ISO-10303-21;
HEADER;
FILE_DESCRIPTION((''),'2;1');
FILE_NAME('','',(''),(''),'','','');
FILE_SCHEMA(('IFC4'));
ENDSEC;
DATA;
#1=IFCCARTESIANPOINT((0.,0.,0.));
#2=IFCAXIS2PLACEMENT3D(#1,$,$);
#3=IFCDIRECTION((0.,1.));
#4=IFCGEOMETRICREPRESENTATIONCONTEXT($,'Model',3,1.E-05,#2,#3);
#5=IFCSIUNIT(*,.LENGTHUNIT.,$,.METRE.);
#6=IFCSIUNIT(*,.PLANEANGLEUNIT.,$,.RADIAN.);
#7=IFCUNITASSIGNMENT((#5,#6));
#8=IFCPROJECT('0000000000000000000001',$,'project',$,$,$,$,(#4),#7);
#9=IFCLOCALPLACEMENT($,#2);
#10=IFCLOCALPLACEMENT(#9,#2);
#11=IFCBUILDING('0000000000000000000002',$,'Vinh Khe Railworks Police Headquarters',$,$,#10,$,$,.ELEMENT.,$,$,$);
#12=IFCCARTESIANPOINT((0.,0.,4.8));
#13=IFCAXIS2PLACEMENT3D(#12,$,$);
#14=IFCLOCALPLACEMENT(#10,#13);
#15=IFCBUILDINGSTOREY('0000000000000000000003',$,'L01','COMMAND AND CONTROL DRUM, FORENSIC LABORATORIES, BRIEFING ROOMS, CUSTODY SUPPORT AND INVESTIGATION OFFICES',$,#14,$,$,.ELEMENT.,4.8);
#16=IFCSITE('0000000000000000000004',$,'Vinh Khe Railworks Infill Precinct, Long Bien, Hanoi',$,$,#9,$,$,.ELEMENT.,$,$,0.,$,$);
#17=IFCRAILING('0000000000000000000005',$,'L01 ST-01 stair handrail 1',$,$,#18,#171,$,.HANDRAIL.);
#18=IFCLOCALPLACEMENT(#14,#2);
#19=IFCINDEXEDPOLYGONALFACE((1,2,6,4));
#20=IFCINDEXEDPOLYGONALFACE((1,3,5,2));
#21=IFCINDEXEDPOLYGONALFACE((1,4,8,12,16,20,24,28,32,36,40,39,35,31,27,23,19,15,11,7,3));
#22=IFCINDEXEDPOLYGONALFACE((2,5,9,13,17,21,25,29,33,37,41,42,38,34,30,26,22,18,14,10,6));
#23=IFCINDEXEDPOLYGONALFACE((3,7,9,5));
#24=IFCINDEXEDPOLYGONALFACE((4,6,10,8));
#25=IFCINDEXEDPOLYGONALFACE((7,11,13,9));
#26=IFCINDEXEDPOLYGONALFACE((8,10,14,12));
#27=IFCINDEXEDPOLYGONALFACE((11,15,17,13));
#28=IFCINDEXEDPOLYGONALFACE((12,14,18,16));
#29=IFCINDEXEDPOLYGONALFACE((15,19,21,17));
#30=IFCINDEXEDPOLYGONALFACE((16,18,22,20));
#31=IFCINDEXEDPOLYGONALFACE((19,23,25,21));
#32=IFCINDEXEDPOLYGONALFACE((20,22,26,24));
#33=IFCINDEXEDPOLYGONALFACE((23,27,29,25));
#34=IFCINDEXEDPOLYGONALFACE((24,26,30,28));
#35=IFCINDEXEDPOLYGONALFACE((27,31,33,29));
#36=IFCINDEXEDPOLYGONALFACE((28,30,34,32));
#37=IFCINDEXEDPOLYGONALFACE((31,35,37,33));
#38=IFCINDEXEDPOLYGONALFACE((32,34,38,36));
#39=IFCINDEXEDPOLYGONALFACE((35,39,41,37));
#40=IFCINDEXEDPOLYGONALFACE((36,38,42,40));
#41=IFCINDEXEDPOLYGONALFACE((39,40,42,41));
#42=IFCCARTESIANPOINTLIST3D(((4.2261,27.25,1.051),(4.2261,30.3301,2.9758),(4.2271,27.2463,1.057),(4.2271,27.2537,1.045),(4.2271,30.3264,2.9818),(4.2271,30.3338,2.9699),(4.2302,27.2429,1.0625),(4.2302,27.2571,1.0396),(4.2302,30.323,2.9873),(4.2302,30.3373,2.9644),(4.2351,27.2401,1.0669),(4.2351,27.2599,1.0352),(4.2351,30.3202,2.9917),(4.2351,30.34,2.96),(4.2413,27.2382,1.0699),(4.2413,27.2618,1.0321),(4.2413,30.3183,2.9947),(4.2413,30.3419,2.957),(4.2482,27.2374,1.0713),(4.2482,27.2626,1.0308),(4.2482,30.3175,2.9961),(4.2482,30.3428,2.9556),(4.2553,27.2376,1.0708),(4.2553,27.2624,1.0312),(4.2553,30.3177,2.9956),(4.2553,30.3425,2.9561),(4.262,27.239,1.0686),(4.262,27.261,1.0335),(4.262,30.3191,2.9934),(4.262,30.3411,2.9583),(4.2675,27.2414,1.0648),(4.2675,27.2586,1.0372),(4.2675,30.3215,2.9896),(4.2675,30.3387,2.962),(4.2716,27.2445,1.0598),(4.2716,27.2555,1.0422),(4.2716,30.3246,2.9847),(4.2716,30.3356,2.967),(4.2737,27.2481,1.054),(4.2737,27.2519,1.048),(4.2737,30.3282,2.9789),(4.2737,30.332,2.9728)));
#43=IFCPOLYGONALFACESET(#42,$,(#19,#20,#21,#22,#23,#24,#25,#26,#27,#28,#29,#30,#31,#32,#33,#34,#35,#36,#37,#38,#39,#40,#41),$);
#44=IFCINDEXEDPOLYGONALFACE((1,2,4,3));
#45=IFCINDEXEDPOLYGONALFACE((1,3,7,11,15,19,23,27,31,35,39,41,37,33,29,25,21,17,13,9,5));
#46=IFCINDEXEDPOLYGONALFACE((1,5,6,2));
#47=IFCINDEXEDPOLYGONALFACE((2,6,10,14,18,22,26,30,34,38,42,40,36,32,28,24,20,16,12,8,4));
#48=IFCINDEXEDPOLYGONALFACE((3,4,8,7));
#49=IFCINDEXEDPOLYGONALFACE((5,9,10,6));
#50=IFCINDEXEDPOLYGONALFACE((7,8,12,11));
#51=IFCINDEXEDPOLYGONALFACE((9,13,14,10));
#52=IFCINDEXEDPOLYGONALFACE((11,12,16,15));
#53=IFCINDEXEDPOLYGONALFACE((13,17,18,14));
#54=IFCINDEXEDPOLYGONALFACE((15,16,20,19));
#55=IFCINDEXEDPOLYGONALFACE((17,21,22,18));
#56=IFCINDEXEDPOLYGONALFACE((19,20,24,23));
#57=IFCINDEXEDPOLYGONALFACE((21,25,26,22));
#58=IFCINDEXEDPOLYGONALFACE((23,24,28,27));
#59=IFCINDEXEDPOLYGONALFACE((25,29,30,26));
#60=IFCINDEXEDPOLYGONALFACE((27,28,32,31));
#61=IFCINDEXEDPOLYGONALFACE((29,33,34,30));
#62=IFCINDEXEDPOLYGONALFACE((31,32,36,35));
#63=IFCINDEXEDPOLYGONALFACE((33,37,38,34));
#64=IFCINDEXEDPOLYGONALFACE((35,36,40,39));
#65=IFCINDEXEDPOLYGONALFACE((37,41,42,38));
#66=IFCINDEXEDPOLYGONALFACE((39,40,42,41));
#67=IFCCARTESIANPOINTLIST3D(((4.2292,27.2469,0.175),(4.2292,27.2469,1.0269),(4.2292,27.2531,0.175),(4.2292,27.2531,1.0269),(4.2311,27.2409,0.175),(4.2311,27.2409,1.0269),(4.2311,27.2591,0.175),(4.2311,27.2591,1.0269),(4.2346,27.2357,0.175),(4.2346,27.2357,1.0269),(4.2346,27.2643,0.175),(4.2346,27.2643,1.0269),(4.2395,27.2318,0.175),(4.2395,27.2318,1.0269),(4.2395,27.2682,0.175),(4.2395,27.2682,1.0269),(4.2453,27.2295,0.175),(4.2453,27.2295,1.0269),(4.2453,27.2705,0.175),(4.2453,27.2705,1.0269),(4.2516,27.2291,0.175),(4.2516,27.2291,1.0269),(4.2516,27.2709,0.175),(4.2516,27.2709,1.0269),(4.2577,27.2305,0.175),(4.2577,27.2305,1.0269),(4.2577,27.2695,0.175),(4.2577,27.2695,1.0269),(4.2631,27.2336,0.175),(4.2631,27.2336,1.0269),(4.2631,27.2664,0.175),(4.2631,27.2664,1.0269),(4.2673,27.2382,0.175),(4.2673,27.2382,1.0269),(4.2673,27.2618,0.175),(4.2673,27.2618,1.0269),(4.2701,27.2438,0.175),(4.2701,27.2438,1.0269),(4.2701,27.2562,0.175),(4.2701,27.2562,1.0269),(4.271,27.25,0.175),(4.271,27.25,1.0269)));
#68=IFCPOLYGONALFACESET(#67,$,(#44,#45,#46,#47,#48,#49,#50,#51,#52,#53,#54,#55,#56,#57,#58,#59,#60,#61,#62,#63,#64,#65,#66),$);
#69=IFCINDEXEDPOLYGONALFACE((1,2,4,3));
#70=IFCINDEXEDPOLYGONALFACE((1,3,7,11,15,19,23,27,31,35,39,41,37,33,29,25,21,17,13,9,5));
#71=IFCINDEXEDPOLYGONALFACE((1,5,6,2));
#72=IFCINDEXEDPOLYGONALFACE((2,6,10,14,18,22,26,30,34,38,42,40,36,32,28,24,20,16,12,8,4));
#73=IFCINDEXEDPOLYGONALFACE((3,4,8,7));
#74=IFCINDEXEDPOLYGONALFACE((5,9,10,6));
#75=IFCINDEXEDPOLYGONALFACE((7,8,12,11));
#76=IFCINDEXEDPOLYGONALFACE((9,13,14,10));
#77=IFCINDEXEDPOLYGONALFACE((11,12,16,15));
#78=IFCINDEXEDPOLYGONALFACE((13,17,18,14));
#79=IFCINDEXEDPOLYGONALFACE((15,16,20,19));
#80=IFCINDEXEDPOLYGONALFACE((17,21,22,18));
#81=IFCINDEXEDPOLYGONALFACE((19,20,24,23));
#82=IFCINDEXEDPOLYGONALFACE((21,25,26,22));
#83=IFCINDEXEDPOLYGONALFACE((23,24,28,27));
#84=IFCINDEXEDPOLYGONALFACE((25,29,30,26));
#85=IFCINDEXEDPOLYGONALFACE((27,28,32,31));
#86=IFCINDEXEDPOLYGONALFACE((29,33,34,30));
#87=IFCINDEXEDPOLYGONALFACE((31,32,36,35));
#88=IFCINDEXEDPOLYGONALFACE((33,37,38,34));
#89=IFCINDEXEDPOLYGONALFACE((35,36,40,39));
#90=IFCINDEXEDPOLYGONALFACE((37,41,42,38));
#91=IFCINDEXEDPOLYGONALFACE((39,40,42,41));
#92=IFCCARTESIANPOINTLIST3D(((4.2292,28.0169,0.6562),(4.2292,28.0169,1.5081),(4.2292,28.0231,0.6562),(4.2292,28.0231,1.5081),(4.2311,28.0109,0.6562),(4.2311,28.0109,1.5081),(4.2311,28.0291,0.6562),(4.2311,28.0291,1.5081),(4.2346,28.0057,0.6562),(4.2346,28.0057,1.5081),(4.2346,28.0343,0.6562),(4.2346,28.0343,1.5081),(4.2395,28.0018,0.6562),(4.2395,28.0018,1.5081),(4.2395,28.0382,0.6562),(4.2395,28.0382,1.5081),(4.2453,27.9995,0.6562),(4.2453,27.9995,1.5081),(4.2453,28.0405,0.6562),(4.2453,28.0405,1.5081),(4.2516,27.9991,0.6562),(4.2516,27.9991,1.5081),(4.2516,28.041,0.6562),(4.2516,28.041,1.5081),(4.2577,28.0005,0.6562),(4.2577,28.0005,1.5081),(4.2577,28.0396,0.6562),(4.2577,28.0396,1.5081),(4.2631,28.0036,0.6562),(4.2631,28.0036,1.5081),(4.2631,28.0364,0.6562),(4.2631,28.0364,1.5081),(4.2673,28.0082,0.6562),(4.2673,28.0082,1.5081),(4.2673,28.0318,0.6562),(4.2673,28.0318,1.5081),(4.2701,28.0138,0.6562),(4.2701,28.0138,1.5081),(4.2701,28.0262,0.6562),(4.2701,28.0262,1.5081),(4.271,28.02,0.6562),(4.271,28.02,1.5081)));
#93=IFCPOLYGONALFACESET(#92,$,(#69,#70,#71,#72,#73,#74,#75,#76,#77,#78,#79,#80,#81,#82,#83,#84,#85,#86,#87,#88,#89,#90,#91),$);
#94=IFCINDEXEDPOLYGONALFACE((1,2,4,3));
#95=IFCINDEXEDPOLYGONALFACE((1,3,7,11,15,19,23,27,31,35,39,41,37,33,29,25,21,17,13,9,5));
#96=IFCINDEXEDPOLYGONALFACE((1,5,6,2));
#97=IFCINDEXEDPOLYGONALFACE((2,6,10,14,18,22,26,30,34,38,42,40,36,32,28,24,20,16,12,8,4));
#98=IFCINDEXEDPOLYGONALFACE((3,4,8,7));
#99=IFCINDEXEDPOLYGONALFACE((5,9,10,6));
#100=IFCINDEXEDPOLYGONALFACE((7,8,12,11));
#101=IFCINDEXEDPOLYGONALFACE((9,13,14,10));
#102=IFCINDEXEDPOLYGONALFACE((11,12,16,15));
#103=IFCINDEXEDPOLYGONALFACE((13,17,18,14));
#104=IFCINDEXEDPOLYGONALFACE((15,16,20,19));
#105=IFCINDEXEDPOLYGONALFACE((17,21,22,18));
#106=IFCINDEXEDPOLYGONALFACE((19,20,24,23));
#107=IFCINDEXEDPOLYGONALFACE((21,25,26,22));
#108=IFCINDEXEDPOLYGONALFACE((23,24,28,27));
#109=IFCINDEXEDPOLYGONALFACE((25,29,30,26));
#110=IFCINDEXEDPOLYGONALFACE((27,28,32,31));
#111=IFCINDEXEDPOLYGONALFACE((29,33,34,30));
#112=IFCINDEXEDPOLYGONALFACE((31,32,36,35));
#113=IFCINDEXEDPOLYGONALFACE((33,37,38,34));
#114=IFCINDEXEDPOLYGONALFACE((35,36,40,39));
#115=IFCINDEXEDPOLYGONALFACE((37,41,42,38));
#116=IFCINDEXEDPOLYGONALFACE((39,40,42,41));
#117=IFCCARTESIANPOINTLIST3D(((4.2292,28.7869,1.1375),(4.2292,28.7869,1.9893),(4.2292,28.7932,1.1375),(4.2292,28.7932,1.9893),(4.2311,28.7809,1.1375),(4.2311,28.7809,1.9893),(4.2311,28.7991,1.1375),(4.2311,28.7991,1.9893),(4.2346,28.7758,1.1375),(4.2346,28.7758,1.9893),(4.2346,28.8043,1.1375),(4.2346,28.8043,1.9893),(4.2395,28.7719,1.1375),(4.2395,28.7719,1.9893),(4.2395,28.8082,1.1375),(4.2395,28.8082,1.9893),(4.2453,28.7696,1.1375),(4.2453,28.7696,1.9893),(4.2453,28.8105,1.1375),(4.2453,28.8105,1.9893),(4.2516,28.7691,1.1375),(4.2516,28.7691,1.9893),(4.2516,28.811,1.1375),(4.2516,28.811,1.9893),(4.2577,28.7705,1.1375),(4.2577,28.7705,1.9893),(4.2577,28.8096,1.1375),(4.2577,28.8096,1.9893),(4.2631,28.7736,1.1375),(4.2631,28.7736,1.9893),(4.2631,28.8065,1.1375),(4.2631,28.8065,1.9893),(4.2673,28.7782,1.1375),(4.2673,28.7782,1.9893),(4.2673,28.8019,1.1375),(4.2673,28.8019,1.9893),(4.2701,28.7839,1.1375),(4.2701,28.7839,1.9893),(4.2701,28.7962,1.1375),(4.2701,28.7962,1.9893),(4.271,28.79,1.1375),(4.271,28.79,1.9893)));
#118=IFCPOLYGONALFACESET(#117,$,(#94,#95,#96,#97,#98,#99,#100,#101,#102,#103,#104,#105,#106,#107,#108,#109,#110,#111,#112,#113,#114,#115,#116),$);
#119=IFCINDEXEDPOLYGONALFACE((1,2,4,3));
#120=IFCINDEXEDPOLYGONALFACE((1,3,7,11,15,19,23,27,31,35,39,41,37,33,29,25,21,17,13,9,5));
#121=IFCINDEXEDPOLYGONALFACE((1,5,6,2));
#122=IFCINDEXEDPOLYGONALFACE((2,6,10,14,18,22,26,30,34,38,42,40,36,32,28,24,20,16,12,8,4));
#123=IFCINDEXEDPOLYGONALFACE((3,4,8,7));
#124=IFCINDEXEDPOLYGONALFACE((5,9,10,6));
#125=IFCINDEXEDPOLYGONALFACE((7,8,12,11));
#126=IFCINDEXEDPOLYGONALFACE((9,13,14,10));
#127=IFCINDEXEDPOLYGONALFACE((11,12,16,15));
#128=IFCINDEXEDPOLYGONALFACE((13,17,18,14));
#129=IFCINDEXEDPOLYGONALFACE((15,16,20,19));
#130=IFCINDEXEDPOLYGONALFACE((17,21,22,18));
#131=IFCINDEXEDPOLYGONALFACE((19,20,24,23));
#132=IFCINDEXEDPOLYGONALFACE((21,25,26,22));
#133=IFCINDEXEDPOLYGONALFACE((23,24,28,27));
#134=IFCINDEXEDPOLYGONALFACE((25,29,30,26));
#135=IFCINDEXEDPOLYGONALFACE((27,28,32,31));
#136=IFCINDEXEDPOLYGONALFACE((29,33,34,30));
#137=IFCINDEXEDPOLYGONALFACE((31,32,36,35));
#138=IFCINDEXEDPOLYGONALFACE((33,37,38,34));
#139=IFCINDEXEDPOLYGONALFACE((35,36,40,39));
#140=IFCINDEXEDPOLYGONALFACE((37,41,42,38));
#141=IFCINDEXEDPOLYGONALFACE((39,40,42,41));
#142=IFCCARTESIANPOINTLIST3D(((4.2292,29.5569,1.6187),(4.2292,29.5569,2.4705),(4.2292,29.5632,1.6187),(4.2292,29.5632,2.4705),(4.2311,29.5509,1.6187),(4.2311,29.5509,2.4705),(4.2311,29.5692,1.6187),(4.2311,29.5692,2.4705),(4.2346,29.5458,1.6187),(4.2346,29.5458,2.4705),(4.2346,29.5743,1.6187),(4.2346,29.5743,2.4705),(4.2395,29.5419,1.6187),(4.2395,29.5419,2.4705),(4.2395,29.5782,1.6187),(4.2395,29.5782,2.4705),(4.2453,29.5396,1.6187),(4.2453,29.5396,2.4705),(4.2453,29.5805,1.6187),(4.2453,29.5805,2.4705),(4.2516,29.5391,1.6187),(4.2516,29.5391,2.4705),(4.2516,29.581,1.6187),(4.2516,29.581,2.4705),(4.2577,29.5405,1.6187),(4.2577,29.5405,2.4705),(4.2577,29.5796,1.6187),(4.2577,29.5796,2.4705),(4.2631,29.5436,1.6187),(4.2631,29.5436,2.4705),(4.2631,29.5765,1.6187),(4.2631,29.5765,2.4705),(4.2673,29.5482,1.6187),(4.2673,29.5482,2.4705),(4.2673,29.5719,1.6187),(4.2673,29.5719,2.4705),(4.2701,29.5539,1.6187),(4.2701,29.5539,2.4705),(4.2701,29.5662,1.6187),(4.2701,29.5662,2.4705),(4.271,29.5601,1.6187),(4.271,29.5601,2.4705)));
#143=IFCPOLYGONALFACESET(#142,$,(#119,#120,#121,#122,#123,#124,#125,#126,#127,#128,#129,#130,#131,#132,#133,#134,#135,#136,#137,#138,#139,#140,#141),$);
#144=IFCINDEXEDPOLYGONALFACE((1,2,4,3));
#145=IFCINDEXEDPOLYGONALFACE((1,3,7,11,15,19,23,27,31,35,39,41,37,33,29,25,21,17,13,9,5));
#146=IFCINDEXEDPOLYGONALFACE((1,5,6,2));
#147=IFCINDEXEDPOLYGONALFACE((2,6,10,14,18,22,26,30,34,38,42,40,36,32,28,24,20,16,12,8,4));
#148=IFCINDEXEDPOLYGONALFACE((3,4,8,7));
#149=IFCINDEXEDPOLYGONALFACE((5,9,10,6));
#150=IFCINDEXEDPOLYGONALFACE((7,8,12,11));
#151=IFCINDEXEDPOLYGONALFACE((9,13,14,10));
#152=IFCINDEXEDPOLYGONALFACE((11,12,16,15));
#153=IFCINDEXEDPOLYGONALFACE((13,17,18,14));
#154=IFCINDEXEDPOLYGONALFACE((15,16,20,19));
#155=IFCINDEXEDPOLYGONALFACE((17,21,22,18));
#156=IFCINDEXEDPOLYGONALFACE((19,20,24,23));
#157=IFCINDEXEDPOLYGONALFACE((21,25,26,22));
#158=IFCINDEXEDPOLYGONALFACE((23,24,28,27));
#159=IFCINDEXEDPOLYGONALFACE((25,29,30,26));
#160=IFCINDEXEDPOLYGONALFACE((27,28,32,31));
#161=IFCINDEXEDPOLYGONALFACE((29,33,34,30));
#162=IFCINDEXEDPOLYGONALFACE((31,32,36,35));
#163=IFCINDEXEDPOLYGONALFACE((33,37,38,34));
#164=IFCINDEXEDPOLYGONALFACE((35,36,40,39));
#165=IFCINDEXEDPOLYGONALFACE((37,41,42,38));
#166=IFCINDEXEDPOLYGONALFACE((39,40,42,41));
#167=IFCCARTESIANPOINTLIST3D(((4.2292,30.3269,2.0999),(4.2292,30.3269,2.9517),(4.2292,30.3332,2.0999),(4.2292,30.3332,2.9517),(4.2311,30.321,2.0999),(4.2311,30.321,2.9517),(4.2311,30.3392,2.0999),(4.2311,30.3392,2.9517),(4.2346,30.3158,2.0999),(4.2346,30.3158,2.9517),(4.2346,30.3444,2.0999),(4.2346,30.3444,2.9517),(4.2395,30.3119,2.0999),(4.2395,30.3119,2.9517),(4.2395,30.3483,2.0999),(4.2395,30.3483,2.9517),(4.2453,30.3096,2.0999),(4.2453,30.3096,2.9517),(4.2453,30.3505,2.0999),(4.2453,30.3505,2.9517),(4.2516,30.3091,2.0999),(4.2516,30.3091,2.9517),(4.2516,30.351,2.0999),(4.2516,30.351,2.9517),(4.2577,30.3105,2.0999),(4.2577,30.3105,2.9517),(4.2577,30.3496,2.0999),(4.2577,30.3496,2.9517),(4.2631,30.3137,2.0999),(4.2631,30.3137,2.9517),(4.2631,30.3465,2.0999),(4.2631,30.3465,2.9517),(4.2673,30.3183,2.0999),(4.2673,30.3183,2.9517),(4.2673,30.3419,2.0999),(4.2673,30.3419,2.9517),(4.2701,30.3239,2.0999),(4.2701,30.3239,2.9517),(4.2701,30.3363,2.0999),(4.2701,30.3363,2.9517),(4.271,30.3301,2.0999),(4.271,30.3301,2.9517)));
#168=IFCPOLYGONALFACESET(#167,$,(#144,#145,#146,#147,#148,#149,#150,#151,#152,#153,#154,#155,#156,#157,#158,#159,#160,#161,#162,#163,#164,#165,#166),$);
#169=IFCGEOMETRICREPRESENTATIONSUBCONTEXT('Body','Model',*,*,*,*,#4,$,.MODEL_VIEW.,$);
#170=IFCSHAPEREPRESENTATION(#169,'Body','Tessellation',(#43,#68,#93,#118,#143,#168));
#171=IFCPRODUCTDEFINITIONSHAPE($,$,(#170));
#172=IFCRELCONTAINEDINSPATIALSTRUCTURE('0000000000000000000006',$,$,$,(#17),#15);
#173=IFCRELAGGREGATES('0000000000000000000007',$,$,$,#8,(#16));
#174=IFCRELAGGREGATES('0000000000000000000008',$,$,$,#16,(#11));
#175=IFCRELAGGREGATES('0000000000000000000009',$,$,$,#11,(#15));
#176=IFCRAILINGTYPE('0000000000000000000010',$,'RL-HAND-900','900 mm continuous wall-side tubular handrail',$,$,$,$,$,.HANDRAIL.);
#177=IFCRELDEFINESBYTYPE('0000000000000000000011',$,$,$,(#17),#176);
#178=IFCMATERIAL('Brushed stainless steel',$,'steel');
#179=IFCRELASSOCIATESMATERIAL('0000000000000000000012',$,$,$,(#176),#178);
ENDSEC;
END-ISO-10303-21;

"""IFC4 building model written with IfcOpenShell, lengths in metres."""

from ifc_helpers import new_model, si_unit, direction, frame, origin, origin_2d, place, context, subcontext, project, spatial, circle, extrude, material, type_object, element, save


model = new_model("IFC4")

# Units and contexts
model_context = context("Model", 3, precision=1e-05, world=origin(), true_north=direction((0.0, 1.0)))
body_context = subcontext(model_context, "Body", "Model", "MODEL_VIEW")
ifc_project = project(units=[si_unit("LENGTHUNIT", "METRE"), si_unit("PLANEANGLEUNIT", "RADIAN")], contexts=[model_context])

# Site, building, storey
site_placement = place(None, origin())
site = spatial("IfcSite", under=ifc_project, at=site_placement, Name="Vinh Khe Railworks Infill Precinct, Long Bien, Hanoi", CompositionType="ELEMENT", RefElevation=0.0)
building_placement = place(site_placement, origin())
building = spatial("IfcBuilding", under=site, at=building_placement, Name="Vinh Khe Railworks Police Headquarters", CompositionType="ELEMENT")
storey_placement = place(building_placement, frame((0.0, 0.0, 4.8)))
storey = spatial("IfcBuildingStorey", under=building, at=storey_placement, Name="L01", Description="COMMAND AND CONTROL DRUM, FORENSIC LABORATORIES, BRIEFING ROOMS, CUSTODY SUPPORT AND INVESTIGATION OFFICES", CompositionType="ELEMENT", Elevation=4.8)

# Railing
ifc_material_1 = material(Name="Brushed stainless steel", Category="steel")
railing_type_1 = type_object("IfcRailingType", Name="RL-HAND-900", Description="900 mm continuous wall-side tubular handrail", PredefinedType="HANDRAIL", material=ifc_material_1)
railing_1_placement = place(storey_placement, frame((4.25, 27.25, 0.175)))
element("IfcRailing", 1, at=railing_1_placement, inside=storey, type_object=railing_type_1, Name="L01 ST-01 stair handrail 1", PredefinedType="HANDRAIL", context=body_context, shape_type="SweptSolid", body=[
    extrude(circle(Radius=0.0239, at=origin_2d()), frame((0.0, 0.0, 0.876), z_axis=(0.0, 0.848029, 0.529951), x_axis=(-1.0, 0.0, 0.0)), (0.0, 0.0, 1.0), 3.6321),
    extrude(circle(Radius=0.021, at=origin_2d()), origin(), (0.0, 0.0, 1.0), 0.8518),
    extrude(circle(Radius=0.021, at=origin_2d()), frame((0.0, 0.77, 0.4812)), (0.0, 0.0, 1.0), 0.8518),
    extrude(circle(Radius=0.021, at=origin_2d()), frame((0.0, 1.54, 0.9624)), (0.0, 0.0, 1.0), 0.8518),
    extrude(circle(Radius=0.021, at=origin_2d()), frame((0.0, 2.3101, 1.4436)), (0.0, 0.0, 1.0), 0.8518),
    extrude(circle(Radius=0.021, at=origin_2d()), frame((0.0, 3.0801, 1.9248)), (0.0, 0.0, 1.0), 0.8518),
])

save(model, "model.ifc")
